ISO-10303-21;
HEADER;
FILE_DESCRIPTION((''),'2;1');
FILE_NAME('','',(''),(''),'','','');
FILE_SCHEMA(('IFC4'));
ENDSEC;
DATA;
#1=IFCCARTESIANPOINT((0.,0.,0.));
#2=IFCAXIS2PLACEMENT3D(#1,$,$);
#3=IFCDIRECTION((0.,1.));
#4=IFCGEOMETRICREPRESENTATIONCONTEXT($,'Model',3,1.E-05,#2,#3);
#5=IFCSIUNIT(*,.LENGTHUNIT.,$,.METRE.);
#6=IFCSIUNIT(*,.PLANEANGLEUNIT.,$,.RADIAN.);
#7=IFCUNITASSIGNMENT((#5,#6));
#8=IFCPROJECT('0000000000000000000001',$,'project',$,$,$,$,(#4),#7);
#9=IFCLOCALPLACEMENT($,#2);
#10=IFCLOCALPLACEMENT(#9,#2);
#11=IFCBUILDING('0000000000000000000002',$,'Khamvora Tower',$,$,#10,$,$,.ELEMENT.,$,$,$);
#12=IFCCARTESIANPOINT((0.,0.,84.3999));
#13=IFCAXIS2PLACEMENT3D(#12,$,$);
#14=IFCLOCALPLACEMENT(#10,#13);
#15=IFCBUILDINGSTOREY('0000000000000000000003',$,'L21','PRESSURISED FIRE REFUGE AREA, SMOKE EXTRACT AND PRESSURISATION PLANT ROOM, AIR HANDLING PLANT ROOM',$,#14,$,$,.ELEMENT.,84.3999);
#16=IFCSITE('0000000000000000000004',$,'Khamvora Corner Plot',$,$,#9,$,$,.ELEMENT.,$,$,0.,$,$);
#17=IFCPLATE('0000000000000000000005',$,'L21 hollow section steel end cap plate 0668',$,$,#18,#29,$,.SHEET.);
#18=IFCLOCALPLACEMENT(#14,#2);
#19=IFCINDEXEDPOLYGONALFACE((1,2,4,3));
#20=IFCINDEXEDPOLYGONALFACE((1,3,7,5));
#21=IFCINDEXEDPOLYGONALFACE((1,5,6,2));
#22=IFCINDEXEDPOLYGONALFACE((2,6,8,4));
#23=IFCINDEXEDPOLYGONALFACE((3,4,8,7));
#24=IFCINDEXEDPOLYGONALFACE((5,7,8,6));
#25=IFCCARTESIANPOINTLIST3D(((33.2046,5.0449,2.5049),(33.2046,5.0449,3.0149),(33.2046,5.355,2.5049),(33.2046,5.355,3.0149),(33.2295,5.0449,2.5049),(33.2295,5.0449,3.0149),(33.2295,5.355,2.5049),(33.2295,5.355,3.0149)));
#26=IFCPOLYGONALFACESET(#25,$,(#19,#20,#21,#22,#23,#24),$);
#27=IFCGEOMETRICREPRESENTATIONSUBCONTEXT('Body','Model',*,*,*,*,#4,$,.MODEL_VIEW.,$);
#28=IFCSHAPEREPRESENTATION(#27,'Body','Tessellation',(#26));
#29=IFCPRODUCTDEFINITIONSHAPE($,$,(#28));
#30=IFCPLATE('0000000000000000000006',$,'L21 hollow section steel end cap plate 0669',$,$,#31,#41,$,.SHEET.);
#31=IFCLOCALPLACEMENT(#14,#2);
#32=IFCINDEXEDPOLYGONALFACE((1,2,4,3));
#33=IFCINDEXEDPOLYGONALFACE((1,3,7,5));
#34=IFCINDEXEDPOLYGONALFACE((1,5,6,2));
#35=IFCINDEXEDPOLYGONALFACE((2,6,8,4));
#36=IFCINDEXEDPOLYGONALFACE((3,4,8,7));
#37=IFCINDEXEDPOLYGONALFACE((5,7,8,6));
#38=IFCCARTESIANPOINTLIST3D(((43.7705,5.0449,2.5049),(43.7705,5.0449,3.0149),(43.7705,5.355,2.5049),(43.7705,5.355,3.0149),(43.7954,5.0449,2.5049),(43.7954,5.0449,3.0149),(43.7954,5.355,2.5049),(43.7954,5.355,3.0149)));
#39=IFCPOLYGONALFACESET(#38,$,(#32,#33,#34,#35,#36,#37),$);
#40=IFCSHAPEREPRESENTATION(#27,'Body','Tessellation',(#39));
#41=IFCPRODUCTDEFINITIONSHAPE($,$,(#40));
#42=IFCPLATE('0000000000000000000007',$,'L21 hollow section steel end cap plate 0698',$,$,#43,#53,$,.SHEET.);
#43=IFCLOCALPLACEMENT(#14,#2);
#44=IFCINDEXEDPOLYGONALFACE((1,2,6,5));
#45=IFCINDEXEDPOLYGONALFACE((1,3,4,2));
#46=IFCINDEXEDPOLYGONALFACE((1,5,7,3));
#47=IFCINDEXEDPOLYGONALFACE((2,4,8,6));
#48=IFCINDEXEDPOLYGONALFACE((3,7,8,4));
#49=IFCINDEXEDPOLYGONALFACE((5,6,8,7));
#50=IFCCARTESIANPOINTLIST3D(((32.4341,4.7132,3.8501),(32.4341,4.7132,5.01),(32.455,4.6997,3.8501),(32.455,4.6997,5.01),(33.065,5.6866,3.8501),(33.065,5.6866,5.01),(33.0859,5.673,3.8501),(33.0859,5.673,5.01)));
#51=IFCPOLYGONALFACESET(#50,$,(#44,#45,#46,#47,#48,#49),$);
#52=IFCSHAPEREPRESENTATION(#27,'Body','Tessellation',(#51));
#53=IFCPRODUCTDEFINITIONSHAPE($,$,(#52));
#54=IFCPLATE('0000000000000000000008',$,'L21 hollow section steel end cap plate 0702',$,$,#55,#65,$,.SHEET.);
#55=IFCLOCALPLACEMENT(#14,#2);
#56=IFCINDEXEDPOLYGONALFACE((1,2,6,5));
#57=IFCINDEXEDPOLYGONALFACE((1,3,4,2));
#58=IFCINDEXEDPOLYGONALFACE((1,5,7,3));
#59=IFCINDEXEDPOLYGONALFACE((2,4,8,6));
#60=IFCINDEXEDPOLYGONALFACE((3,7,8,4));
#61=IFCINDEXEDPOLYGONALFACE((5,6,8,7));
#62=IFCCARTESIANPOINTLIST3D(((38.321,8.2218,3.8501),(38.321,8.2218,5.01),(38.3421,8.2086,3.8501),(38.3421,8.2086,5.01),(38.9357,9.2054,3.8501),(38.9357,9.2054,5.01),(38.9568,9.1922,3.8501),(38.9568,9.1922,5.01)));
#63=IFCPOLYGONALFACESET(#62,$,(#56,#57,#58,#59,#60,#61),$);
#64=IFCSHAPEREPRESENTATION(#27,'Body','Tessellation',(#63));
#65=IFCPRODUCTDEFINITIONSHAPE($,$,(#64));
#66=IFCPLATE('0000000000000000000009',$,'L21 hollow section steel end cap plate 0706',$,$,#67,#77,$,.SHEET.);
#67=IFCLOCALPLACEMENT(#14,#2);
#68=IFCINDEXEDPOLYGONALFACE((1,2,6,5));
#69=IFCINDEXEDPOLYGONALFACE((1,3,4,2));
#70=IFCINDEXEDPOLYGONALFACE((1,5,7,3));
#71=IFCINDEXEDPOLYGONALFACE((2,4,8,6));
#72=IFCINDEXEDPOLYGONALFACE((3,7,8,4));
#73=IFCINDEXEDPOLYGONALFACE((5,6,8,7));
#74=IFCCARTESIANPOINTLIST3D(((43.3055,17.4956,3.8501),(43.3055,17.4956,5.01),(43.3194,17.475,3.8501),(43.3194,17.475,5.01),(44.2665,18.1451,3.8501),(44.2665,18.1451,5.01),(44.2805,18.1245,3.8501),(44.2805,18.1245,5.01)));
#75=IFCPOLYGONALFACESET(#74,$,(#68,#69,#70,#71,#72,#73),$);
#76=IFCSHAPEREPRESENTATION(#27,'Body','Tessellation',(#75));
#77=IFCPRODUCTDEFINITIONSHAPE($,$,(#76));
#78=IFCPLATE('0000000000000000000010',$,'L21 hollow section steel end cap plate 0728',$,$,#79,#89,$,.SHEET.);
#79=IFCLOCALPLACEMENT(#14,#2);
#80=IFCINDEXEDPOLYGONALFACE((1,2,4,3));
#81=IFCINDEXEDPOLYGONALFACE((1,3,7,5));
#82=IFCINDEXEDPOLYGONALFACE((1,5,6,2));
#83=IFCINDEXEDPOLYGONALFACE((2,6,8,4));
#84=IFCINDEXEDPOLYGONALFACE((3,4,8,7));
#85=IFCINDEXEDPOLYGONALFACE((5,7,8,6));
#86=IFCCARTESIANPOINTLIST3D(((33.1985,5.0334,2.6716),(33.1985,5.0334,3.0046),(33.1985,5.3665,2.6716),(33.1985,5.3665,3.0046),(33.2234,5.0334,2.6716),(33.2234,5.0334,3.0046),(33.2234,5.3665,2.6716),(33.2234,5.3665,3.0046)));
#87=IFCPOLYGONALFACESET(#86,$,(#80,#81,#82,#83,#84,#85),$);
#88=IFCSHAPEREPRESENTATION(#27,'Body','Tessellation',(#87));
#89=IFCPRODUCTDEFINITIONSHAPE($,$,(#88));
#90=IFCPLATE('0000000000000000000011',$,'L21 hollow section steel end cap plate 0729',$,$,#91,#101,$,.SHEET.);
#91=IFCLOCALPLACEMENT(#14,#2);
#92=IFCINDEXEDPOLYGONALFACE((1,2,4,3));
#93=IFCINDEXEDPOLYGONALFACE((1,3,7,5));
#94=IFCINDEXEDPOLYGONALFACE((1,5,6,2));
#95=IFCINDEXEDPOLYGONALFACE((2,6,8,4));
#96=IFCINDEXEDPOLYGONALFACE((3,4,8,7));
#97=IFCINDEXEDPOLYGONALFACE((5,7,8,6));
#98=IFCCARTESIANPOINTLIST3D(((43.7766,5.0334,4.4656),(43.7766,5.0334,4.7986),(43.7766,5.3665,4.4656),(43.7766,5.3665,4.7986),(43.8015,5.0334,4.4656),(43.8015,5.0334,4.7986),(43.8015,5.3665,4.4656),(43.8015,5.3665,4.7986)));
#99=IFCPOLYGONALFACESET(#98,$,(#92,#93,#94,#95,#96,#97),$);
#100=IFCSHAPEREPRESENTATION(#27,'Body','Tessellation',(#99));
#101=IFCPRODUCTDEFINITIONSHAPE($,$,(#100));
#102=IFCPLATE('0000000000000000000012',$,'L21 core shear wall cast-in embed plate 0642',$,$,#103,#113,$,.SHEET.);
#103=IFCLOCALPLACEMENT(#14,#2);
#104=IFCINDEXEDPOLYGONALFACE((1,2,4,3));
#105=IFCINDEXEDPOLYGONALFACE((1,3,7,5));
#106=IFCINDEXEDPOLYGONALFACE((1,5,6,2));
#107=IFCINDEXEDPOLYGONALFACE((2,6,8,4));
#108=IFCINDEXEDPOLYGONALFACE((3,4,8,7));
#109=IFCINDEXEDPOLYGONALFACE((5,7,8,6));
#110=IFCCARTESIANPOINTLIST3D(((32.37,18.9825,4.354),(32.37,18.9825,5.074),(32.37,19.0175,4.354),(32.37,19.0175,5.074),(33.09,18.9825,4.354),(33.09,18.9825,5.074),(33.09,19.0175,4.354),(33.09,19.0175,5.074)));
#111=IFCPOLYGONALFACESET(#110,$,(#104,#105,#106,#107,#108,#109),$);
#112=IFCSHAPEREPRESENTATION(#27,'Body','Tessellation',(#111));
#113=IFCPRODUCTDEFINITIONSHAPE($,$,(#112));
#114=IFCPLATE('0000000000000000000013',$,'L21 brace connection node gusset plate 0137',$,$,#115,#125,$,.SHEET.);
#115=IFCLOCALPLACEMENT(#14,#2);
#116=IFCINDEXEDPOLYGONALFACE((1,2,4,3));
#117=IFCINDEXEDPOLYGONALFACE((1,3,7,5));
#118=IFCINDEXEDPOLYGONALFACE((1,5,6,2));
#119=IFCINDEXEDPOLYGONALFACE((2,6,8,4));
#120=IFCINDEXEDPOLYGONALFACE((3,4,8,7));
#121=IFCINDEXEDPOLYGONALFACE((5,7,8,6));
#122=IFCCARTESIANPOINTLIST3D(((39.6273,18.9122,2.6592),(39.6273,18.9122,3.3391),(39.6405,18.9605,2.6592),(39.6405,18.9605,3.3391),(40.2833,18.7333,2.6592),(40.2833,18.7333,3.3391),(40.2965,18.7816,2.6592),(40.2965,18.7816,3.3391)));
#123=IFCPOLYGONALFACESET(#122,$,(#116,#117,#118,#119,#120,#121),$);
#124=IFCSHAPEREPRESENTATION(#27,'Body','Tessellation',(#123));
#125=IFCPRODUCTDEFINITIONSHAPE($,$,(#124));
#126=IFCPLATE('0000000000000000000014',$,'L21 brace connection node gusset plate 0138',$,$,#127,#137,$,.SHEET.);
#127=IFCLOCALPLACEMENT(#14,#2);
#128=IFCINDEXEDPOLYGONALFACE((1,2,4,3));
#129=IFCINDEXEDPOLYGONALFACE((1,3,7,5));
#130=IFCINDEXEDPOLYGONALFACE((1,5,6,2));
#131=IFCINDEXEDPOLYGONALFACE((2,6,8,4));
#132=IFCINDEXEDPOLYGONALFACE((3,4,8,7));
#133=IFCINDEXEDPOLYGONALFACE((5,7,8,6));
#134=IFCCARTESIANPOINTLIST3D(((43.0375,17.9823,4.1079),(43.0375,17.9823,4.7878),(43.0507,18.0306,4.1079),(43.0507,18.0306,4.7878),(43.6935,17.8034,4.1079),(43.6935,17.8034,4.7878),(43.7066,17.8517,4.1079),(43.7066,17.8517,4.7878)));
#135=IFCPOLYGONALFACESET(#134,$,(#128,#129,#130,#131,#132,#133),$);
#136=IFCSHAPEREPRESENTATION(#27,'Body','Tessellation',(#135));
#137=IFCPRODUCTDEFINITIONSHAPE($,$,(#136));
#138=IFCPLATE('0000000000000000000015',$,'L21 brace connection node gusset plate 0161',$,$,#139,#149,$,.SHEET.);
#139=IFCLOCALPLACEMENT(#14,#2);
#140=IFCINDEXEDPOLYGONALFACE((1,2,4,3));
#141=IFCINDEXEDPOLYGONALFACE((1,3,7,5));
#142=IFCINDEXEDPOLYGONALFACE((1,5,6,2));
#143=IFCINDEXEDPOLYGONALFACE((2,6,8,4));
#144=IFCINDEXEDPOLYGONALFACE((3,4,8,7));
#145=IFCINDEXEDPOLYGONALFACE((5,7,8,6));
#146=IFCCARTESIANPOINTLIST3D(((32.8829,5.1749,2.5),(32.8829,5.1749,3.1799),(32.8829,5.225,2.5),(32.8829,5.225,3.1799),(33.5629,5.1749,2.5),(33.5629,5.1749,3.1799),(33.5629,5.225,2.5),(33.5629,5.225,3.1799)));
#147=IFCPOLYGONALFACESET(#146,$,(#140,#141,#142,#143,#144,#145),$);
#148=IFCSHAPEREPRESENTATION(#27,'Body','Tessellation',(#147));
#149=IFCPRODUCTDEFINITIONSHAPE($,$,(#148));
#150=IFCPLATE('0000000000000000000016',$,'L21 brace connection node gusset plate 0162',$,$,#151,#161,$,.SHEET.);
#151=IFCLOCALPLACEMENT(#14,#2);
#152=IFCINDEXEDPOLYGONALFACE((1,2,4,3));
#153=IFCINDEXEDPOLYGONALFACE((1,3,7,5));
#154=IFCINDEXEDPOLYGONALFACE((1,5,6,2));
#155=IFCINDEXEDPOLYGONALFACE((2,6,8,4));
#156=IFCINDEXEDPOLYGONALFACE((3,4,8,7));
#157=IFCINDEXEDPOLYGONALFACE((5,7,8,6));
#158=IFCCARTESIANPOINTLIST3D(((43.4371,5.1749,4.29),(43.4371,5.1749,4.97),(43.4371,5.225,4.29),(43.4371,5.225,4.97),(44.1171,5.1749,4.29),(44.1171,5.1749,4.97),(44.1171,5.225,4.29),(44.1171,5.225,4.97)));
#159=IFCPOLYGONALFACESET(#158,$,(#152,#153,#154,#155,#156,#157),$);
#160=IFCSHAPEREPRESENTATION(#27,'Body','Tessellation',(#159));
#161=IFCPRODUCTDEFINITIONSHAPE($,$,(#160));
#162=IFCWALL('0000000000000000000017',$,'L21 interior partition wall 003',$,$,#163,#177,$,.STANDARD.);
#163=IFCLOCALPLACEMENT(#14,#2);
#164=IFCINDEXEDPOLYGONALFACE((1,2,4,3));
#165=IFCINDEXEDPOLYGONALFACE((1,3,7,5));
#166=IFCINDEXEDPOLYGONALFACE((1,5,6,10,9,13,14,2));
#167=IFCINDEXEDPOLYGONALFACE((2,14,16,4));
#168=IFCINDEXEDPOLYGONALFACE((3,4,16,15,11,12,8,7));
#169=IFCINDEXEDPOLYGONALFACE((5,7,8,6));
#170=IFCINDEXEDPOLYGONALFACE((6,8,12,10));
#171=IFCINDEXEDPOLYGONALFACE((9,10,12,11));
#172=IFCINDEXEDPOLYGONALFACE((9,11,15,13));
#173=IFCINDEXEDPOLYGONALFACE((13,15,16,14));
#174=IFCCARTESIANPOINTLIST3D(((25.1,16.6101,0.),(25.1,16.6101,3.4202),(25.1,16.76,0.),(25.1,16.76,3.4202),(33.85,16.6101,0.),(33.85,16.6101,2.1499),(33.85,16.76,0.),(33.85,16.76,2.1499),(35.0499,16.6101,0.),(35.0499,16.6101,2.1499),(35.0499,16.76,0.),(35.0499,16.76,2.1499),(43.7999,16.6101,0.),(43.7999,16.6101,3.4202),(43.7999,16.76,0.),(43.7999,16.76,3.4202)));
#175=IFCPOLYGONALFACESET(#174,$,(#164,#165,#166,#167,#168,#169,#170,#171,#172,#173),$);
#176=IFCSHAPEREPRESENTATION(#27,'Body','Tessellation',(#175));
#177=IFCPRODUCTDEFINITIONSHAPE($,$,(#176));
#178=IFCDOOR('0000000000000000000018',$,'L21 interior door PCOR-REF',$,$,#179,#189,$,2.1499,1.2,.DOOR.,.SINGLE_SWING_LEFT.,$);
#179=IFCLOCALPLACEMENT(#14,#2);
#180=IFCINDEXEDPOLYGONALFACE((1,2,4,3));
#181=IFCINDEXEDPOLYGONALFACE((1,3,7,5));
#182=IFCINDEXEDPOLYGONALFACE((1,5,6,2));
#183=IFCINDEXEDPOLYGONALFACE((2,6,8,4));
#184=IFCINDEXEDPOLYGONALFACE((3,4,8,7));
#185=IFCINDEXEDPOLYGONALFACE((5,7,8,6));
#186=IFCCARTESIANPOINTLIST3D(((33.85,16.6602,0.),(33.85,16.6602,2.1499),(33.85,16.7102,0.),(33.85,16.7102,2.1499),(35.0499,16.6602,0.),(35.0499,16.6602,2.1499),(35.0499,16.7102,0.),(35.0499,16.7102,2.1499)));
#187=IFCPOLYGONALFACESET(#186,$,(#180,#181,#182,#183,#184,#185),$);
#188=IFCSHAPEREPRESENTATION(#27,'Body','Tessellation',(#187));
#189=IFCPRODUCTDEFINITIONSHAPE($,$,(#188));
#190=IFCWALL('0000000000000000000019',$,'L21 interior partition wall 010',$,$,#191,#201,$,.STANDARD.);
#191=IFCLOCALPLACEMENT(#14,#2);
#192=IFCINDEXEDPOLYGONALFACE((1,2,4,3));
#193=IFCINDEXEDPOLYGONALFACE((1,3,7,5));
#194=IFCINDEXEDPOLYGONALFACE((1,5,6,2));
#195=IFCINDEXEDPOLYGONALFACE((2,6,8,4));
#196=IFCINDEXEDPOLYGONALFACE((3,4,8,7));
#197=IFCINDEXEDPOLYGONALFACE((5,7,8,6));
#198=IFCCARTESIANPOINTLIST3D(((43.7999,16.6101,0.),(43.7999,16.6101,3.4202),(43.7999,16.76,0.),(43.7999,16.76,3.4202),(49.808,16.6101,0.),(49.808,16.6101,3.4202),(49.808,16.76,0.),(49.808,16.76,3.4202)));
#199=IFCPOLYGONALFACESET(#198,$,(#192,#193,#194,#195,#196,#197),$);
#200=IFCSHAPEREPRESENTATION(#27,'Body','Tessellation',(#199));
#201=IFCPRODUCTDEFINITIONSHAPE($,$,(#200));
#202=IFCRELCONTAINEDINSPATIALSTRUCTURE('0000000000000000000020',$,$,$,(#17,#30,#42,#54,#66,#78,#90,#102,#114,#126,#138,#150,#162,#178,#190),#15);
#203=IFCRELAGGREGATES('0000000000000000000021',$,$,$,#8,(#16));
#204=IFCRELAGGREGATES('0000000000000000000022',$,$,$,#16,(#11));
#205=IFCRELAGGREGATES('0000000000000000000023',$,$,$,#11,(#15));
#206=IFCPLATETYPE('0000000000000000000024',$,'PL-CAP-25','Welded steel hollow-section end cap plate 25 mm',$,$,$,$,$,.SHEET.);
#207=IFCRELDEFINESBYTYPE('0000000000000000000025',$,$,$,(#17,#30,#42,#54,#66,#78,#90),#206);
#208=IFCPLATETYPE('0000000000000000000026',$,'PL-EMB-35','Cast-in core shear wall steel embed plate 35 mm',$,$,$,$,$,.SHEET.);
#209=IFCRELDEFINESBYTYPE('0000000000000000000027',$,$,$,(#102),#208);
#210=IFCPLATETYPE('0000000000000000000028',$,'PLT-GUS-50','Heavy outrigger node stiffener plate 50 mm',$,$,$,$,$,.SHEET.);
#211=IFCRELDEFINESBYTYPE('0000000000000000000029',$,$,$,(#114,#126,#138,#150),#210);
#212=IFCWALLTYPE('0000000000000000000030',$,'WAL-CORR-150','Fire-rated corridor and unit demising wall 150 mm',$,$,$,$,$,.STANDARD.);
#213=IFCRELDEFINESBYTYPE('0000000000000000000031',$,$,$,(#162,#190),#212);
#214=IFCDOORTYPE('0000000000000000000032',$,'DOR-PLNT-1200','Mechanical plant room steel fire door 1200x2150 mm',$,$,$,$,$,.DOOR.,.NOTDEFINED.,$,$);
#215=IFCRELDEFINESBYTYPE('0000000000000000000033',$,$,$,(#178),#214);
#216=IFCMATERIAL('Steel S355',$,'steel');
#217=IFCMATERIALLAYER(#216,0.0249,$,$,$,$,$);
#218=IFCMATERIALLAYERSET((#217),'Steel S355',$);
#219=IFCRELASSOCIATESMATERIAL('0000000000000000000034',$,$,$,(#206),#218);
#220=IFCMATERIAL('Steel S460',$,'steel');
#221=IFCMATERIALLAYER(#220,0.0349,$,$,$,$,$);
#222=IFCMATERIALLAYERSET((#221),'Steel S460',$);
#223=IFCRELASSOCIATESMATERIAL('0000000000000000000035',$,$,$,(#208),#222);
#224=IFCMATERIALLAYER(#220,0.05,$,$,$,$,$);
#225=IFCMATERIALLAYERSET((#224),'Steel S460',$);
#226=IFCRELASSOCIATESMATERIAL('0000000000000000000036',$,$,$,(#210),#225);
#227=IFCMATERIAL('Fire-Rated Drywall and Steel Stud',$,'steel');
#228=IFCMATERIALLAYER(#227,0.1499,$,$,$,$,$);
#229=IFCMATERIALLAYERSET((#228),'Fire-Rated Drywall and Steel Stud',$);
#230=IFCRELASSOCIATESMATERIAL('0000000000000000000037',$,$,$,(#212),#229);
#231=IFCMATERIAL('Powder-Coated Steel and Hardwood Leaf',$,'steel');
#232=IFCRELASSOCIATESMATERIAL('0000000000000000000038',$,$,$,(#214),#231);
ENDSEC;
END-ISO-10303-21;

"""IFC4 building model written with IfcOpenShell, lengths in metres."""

from ifc_helpers import new_model, si_unit, direction, frame, frame_2d, origin, origin_2d, place, context, subcontext, project, spatial, rectangle, extrude, material, layer, layer_set, type_object, element, fill, save


model = new_model("IFC4")

# Units and contexts
model_context = context("Model", 3, precision=1e-05, world=origin(), true_north=direction((0.0, 1.0)))
body_context = subcontext(model_context, "Body", "Model", "MODEL_VIEW")
ifc_project = project(units=[si_unit("LENGTHUNIT", "METRE"), si_unit("PLANEANGLEUNIT", "RADIAN")], contexts=[model_context])

# Site, building, storey
site_placement = place(None, origin())
site = spatial("IfcSite", under=ifc_project, at=site_placement, Name="Khamvora Corner Plot", CompositionType="ELEMENT", RefElevation=0.0)
building_placement = place(site_placement, origin())
building = spatial("IfcBuilding", under=site, at=building_placement, Name="Khamvora Tower", CompositionType="ELEMENT")
storey_placement = place(building_placement, frame((0.0, 0.0, 84.3999)))
storey = spatial("IfcBuildingStorey", under=building, at=storey_placement, Name="L21", Description="PRESSURISED FIRE REFUGE AREA, SMOKE EXTRACT AND PRESSURISATION PLANT ROOM, AIR HANDLING PLANT ROOM", CompositionType="ELEMENT", Elevation=84.3999)

# Shared definitions
ifc_material_1 = material(Name="Steel S355", Category="steel")
ifc_material_2 = material(Name="Steel S460", Category="steel")

# Plates
ifc_layer_1 = layer(ifc_material_1, 0.0249)
ifc_layer_set_1 = layer_set([ifc_layer_1], Name="Steel S355")
plate_type_1 = type_object("IfcPlateType", Name="PL-CAP-25", Description="Welded steel hollow-section end cap plate 25 mm", PredefinedType="SHEET", material=ifc_layer_set_1)
for number, where, z_axis, x_axis, name in (
    (1, (33.217, 5.2, 2.5049), (0.0, 0.0, 1.0), (1.0, 0.0, 0.0), "L21 hollow section steel end cap plate 0668"),
    (2, (43.783, 5.2, 2.5049), (0.0, 0.0, 1.0), (1.0, 0.0, 0.0), "L21 hollow section steel end cap plate 0669"),
):
    element("IfcPlate", number, at=place(storey_placement, frame(where, z_axis=z_axis, x_axis=x_axis)), inside=storey, type_object=plate_type_1, Name=name, PredefinedType="SHEET", context=body_context, shape_type="SweptSolid", body=[
        extrude(rectangle(XDim=0.0249, YDim=0.3101, at=origin_2d()), origin(), (0.0, 0.0, 1.0), 0.51),
    ])
for number, where, z_axis, x_axis, name in (
    (3, (32.76, 5.1931, 3.8501), (0.0, 0.0, 1.0), (-0.839155, 0.543892, 0.0), "L21 hollow section steel end cap plate 0698"),
    (4, (38.6389, 8.707, 3.8501), (0.0, 0.0, 1.0), (-0.848002, 0.529993, 0.0), "L21 hollow section steel end cap plate 0702"),
    (5, (43.793, 17.8101, 3.8501), (0.0, 0.0, 1.0), (0.559945, -0.82853, 0.0), "L21 hollow section steel end cap plate 0706"),
):
    element("IfcPlate", number, at=place(storey_placement, frame(where, z_axis=z_axis, x_axis=x_axis)), inside=storey, type_object=plate_type_1, Name=name, PredefinedType="SHEET", context=body_context, shape_type="SweptSolid", body=[
        extrude(rectangle(XDim=0.0249, YDim=1.1599, at=origin_2d()), origin(), (0.0, 0.0, 1.0), 1.1599),
    ])
for number, where, z_axis, x_axis, name in (
    (6, (33.2109, 5.2, 2.6716), (0.0, 0.0, 1.0), (1.0, 0.0, 0.0), "L21 hollow section steel end cap plate 0728"),
    (7, (43.7891, 5.2, 4.4656), (0.0, 0.0, 1.0), (1.0, 0.0, 0.0), "L21 hollow section steel end cap plate 0729"),
):
    element("IfcPlate", number, at=place(storey_placement, frame(where, z_axis=z_axis, x_axis=x_axis)), inside=storey, type_object=plate_type_1, Name=name, PredefinedType="SHEET", context=body_context, shape_type="SweptSolid", body=[
        extrude(rectangle(XDim=0.0249, YDim=0.333, at=origin_2d()), origin(), (0.0, 0.0, 1.0), 0.333),
    ])
ifc_layer_2 = layer(ifc_material_2, 0.0349)
ifc_layer_set_2 = layer_set([ifc_layer_2], Name="Steel S460")
plate_type_2 = type_object("IfcPlateType", Name="PL-EMB-35", Description="Cast-in core shear wall steel embed plate 35 mm", PredefinedType="SHEET", material=ifc_layer_set_2)
plate_1_placement = place(storey_placement, frame((32.73, 19.0, 4.354), z_axis=(0.0, 0.0, 1.0), x_axis=(1.0, 0.0, 0.0)))
element("IfcPlate", 8, at=plate_1_placement, inside=storey, type_object=plate_type_2, Name="L21 core shear wall cast-in embed plate 0642", PredefinedType="SHEET", context=body_context, shape_type="SweptSolid", body=[
    extrude(rectangle(XDim=0.72, YDim=0.0349, at=origin_2d()), origin(), (0.0, 0.0, 1.0), 0.72),
])
ifc_layer_3 = layer(ifc_material_2, 0.05)
ifc_layer_set_3 = layer_set([ifc_layer_3], Name="Steel S460")
plate_type_3 = type_object("IfcPlateType", Name="PLT-GUS-50", Description="Heavy outrigger node stiffener plate 50 mm", PredefinedType="SHEET", material=ifc_layer_set_3)
for number, where, z_axis, x_axis, name in (
    (9, (39.9619, 18.8469, 2.6592), (0.0, 0.0, 1.0), (0.964764, -0.263115, 0.0), "L21 brace connection node gusset plate 0137"),
    (10, (43.3721, 17.917, 4.1079), (0.0, 0.0, 1.0), (0.964764, -0.263115, 0.0), "L21 brace connection node gusset plate 0138"),
    (11, (33.2229, 5.2, 2.5), (0.0, 0.0, 1.0), (1.0, 0.0, 0.0), "L21 brace connection node gusset plate 0161"),
    (12, (43.7771, 5.2, 4.29), (0.0, 0.0, 1.0), (1.0, 0.0, 0.0), "L21 brace connection node gusset plate 0162"),
):
    element("IfcPlate", number, at=place(storey_placement, frame(where, z_axis=z_axis, x_axis=x_axis)), inside=storey, type_object=plate_type_3, Name=name, PredefinedType="SHEET", context=body_context, shape_type="SweptSolid", body=[
        extrude(rectangle(XDim=0.6799, YDim=0.05, at=origin_2d()), origin(), (0.0, 0.0, 1.0), 0.6799),
    ])

# Wall, opening, door
ifc_material_3 = material(Name="Fire-Rated Drywall and Steel Stud", Category="steel")
ifc_layer_4 = layer(ifc_material_3, 0.1499)
ifc_layer_set_4 = layer_set([ifc_layer_4], Name="Fire-Rated Drywall and Steel Stud")
wall_type = type_object("IfcWallType", Name="WAL-CORR-150", Description="Fire-rated corridor and unit demising wall 150 mm", PredefinedType="STANDARD", material=ifc_layer_set_4)
wall_1_placement = place(storey_placement, frame((43.8, 16.6851, 0.0), z_axis=(0.0, 0.0, 1.0), x_axis=(-1.0, 0.0, 0.0)))
wall_1 = element("IfcWall", 13, at=wall_1_placement, inside=storey, type_object=wall_type, Name="L21 interior partition wall 003", PredefinedType="STANDARD", context=body_context, shape_type="SweptSolid", body=[
    extrude(rectangle(XDim=18.7, YDim=0.1499, at=frame_2d((9.3501, 0.0))), origin(), (0.0, 0.0, 1.0), 3.4202),
])
opening_placement = place(wall_1_placement, frame((8.75, 0.0, 0.0)))
opening = element("IfcOpeningElement", 14, at=opening_placement, cuts=wall_1, PredefinedType="OPENING", context=body_context, shape_type="SweptSolid", body=[
    extrude(rectangle(XDim=1.2, YDim=2.1499, at=frame_2d((0.6001, 1.075))), frame((0.0, 0.085, 0.0), z_axis=(0.0, -1.0, 0.0), x_axis=(1.0, 0.0, 0.0)), (0.0, 0.0, 1.0), 0.1699),
])
ifc_material_4 = material(Name="Powder-Coated Steel and Hardwood Leaf", Category="steel")
door_type = type_object("IfcDoorType", Name="DOR-PLNT-1200", Description="Mechanical plant room steel fire door 1200x2150 mm", OperationType="NOTDEFINED", PredefinedType="DOOR", material=ifc_material_4)
door_placement = place(opening_placement, origin())
door = element("IfcDoor", 15, at=door_placement, inside=storey, type_object=door_type, Name="L21 interior door PCOR-REF", OperationType="SINGLE_SWING_LEFT", OverallHeight=2.1499, OverallWidth=1.2, PredefinedType="DOOR", context=body_context, shape_type="SweptSolid", body=[
    extrude(rectangle(XDim=1.2, YDim=2.1499, at=frame_2d((0.6001, 1.075))), frame((0.0, 0.0249, 0.0), z_axis=(0.0, -1.0, 0.0), x_axis=(1.0, 0.0, 0.0)), (0.0, 0.0, 1.0), 0.05),
])
fill(opening, door)

# Wall
wall_2_placement = place(storey_placement, frame((43.8, 16.6851, 0.0), z_axis=(0.0, 0.0, 1.0), x_axis=(1.0, 0.0, 0.0)))
element("IfcWall", 16, at=wall_2_placement, inside=storey, type_object=wall_type, Name="L21 interior partition wall 010", PredefinedType="STANDARD", context=body_context, shape_type="SweptSolid", body=[
    extrude(rectangle(XDim=6.0081, YDim=0.1499, at=frame_2d((3.0039, 0.0))), origin(), (0.0, 0.0, 1.0), 3.4202),
])

save(model, "model.ifc")
